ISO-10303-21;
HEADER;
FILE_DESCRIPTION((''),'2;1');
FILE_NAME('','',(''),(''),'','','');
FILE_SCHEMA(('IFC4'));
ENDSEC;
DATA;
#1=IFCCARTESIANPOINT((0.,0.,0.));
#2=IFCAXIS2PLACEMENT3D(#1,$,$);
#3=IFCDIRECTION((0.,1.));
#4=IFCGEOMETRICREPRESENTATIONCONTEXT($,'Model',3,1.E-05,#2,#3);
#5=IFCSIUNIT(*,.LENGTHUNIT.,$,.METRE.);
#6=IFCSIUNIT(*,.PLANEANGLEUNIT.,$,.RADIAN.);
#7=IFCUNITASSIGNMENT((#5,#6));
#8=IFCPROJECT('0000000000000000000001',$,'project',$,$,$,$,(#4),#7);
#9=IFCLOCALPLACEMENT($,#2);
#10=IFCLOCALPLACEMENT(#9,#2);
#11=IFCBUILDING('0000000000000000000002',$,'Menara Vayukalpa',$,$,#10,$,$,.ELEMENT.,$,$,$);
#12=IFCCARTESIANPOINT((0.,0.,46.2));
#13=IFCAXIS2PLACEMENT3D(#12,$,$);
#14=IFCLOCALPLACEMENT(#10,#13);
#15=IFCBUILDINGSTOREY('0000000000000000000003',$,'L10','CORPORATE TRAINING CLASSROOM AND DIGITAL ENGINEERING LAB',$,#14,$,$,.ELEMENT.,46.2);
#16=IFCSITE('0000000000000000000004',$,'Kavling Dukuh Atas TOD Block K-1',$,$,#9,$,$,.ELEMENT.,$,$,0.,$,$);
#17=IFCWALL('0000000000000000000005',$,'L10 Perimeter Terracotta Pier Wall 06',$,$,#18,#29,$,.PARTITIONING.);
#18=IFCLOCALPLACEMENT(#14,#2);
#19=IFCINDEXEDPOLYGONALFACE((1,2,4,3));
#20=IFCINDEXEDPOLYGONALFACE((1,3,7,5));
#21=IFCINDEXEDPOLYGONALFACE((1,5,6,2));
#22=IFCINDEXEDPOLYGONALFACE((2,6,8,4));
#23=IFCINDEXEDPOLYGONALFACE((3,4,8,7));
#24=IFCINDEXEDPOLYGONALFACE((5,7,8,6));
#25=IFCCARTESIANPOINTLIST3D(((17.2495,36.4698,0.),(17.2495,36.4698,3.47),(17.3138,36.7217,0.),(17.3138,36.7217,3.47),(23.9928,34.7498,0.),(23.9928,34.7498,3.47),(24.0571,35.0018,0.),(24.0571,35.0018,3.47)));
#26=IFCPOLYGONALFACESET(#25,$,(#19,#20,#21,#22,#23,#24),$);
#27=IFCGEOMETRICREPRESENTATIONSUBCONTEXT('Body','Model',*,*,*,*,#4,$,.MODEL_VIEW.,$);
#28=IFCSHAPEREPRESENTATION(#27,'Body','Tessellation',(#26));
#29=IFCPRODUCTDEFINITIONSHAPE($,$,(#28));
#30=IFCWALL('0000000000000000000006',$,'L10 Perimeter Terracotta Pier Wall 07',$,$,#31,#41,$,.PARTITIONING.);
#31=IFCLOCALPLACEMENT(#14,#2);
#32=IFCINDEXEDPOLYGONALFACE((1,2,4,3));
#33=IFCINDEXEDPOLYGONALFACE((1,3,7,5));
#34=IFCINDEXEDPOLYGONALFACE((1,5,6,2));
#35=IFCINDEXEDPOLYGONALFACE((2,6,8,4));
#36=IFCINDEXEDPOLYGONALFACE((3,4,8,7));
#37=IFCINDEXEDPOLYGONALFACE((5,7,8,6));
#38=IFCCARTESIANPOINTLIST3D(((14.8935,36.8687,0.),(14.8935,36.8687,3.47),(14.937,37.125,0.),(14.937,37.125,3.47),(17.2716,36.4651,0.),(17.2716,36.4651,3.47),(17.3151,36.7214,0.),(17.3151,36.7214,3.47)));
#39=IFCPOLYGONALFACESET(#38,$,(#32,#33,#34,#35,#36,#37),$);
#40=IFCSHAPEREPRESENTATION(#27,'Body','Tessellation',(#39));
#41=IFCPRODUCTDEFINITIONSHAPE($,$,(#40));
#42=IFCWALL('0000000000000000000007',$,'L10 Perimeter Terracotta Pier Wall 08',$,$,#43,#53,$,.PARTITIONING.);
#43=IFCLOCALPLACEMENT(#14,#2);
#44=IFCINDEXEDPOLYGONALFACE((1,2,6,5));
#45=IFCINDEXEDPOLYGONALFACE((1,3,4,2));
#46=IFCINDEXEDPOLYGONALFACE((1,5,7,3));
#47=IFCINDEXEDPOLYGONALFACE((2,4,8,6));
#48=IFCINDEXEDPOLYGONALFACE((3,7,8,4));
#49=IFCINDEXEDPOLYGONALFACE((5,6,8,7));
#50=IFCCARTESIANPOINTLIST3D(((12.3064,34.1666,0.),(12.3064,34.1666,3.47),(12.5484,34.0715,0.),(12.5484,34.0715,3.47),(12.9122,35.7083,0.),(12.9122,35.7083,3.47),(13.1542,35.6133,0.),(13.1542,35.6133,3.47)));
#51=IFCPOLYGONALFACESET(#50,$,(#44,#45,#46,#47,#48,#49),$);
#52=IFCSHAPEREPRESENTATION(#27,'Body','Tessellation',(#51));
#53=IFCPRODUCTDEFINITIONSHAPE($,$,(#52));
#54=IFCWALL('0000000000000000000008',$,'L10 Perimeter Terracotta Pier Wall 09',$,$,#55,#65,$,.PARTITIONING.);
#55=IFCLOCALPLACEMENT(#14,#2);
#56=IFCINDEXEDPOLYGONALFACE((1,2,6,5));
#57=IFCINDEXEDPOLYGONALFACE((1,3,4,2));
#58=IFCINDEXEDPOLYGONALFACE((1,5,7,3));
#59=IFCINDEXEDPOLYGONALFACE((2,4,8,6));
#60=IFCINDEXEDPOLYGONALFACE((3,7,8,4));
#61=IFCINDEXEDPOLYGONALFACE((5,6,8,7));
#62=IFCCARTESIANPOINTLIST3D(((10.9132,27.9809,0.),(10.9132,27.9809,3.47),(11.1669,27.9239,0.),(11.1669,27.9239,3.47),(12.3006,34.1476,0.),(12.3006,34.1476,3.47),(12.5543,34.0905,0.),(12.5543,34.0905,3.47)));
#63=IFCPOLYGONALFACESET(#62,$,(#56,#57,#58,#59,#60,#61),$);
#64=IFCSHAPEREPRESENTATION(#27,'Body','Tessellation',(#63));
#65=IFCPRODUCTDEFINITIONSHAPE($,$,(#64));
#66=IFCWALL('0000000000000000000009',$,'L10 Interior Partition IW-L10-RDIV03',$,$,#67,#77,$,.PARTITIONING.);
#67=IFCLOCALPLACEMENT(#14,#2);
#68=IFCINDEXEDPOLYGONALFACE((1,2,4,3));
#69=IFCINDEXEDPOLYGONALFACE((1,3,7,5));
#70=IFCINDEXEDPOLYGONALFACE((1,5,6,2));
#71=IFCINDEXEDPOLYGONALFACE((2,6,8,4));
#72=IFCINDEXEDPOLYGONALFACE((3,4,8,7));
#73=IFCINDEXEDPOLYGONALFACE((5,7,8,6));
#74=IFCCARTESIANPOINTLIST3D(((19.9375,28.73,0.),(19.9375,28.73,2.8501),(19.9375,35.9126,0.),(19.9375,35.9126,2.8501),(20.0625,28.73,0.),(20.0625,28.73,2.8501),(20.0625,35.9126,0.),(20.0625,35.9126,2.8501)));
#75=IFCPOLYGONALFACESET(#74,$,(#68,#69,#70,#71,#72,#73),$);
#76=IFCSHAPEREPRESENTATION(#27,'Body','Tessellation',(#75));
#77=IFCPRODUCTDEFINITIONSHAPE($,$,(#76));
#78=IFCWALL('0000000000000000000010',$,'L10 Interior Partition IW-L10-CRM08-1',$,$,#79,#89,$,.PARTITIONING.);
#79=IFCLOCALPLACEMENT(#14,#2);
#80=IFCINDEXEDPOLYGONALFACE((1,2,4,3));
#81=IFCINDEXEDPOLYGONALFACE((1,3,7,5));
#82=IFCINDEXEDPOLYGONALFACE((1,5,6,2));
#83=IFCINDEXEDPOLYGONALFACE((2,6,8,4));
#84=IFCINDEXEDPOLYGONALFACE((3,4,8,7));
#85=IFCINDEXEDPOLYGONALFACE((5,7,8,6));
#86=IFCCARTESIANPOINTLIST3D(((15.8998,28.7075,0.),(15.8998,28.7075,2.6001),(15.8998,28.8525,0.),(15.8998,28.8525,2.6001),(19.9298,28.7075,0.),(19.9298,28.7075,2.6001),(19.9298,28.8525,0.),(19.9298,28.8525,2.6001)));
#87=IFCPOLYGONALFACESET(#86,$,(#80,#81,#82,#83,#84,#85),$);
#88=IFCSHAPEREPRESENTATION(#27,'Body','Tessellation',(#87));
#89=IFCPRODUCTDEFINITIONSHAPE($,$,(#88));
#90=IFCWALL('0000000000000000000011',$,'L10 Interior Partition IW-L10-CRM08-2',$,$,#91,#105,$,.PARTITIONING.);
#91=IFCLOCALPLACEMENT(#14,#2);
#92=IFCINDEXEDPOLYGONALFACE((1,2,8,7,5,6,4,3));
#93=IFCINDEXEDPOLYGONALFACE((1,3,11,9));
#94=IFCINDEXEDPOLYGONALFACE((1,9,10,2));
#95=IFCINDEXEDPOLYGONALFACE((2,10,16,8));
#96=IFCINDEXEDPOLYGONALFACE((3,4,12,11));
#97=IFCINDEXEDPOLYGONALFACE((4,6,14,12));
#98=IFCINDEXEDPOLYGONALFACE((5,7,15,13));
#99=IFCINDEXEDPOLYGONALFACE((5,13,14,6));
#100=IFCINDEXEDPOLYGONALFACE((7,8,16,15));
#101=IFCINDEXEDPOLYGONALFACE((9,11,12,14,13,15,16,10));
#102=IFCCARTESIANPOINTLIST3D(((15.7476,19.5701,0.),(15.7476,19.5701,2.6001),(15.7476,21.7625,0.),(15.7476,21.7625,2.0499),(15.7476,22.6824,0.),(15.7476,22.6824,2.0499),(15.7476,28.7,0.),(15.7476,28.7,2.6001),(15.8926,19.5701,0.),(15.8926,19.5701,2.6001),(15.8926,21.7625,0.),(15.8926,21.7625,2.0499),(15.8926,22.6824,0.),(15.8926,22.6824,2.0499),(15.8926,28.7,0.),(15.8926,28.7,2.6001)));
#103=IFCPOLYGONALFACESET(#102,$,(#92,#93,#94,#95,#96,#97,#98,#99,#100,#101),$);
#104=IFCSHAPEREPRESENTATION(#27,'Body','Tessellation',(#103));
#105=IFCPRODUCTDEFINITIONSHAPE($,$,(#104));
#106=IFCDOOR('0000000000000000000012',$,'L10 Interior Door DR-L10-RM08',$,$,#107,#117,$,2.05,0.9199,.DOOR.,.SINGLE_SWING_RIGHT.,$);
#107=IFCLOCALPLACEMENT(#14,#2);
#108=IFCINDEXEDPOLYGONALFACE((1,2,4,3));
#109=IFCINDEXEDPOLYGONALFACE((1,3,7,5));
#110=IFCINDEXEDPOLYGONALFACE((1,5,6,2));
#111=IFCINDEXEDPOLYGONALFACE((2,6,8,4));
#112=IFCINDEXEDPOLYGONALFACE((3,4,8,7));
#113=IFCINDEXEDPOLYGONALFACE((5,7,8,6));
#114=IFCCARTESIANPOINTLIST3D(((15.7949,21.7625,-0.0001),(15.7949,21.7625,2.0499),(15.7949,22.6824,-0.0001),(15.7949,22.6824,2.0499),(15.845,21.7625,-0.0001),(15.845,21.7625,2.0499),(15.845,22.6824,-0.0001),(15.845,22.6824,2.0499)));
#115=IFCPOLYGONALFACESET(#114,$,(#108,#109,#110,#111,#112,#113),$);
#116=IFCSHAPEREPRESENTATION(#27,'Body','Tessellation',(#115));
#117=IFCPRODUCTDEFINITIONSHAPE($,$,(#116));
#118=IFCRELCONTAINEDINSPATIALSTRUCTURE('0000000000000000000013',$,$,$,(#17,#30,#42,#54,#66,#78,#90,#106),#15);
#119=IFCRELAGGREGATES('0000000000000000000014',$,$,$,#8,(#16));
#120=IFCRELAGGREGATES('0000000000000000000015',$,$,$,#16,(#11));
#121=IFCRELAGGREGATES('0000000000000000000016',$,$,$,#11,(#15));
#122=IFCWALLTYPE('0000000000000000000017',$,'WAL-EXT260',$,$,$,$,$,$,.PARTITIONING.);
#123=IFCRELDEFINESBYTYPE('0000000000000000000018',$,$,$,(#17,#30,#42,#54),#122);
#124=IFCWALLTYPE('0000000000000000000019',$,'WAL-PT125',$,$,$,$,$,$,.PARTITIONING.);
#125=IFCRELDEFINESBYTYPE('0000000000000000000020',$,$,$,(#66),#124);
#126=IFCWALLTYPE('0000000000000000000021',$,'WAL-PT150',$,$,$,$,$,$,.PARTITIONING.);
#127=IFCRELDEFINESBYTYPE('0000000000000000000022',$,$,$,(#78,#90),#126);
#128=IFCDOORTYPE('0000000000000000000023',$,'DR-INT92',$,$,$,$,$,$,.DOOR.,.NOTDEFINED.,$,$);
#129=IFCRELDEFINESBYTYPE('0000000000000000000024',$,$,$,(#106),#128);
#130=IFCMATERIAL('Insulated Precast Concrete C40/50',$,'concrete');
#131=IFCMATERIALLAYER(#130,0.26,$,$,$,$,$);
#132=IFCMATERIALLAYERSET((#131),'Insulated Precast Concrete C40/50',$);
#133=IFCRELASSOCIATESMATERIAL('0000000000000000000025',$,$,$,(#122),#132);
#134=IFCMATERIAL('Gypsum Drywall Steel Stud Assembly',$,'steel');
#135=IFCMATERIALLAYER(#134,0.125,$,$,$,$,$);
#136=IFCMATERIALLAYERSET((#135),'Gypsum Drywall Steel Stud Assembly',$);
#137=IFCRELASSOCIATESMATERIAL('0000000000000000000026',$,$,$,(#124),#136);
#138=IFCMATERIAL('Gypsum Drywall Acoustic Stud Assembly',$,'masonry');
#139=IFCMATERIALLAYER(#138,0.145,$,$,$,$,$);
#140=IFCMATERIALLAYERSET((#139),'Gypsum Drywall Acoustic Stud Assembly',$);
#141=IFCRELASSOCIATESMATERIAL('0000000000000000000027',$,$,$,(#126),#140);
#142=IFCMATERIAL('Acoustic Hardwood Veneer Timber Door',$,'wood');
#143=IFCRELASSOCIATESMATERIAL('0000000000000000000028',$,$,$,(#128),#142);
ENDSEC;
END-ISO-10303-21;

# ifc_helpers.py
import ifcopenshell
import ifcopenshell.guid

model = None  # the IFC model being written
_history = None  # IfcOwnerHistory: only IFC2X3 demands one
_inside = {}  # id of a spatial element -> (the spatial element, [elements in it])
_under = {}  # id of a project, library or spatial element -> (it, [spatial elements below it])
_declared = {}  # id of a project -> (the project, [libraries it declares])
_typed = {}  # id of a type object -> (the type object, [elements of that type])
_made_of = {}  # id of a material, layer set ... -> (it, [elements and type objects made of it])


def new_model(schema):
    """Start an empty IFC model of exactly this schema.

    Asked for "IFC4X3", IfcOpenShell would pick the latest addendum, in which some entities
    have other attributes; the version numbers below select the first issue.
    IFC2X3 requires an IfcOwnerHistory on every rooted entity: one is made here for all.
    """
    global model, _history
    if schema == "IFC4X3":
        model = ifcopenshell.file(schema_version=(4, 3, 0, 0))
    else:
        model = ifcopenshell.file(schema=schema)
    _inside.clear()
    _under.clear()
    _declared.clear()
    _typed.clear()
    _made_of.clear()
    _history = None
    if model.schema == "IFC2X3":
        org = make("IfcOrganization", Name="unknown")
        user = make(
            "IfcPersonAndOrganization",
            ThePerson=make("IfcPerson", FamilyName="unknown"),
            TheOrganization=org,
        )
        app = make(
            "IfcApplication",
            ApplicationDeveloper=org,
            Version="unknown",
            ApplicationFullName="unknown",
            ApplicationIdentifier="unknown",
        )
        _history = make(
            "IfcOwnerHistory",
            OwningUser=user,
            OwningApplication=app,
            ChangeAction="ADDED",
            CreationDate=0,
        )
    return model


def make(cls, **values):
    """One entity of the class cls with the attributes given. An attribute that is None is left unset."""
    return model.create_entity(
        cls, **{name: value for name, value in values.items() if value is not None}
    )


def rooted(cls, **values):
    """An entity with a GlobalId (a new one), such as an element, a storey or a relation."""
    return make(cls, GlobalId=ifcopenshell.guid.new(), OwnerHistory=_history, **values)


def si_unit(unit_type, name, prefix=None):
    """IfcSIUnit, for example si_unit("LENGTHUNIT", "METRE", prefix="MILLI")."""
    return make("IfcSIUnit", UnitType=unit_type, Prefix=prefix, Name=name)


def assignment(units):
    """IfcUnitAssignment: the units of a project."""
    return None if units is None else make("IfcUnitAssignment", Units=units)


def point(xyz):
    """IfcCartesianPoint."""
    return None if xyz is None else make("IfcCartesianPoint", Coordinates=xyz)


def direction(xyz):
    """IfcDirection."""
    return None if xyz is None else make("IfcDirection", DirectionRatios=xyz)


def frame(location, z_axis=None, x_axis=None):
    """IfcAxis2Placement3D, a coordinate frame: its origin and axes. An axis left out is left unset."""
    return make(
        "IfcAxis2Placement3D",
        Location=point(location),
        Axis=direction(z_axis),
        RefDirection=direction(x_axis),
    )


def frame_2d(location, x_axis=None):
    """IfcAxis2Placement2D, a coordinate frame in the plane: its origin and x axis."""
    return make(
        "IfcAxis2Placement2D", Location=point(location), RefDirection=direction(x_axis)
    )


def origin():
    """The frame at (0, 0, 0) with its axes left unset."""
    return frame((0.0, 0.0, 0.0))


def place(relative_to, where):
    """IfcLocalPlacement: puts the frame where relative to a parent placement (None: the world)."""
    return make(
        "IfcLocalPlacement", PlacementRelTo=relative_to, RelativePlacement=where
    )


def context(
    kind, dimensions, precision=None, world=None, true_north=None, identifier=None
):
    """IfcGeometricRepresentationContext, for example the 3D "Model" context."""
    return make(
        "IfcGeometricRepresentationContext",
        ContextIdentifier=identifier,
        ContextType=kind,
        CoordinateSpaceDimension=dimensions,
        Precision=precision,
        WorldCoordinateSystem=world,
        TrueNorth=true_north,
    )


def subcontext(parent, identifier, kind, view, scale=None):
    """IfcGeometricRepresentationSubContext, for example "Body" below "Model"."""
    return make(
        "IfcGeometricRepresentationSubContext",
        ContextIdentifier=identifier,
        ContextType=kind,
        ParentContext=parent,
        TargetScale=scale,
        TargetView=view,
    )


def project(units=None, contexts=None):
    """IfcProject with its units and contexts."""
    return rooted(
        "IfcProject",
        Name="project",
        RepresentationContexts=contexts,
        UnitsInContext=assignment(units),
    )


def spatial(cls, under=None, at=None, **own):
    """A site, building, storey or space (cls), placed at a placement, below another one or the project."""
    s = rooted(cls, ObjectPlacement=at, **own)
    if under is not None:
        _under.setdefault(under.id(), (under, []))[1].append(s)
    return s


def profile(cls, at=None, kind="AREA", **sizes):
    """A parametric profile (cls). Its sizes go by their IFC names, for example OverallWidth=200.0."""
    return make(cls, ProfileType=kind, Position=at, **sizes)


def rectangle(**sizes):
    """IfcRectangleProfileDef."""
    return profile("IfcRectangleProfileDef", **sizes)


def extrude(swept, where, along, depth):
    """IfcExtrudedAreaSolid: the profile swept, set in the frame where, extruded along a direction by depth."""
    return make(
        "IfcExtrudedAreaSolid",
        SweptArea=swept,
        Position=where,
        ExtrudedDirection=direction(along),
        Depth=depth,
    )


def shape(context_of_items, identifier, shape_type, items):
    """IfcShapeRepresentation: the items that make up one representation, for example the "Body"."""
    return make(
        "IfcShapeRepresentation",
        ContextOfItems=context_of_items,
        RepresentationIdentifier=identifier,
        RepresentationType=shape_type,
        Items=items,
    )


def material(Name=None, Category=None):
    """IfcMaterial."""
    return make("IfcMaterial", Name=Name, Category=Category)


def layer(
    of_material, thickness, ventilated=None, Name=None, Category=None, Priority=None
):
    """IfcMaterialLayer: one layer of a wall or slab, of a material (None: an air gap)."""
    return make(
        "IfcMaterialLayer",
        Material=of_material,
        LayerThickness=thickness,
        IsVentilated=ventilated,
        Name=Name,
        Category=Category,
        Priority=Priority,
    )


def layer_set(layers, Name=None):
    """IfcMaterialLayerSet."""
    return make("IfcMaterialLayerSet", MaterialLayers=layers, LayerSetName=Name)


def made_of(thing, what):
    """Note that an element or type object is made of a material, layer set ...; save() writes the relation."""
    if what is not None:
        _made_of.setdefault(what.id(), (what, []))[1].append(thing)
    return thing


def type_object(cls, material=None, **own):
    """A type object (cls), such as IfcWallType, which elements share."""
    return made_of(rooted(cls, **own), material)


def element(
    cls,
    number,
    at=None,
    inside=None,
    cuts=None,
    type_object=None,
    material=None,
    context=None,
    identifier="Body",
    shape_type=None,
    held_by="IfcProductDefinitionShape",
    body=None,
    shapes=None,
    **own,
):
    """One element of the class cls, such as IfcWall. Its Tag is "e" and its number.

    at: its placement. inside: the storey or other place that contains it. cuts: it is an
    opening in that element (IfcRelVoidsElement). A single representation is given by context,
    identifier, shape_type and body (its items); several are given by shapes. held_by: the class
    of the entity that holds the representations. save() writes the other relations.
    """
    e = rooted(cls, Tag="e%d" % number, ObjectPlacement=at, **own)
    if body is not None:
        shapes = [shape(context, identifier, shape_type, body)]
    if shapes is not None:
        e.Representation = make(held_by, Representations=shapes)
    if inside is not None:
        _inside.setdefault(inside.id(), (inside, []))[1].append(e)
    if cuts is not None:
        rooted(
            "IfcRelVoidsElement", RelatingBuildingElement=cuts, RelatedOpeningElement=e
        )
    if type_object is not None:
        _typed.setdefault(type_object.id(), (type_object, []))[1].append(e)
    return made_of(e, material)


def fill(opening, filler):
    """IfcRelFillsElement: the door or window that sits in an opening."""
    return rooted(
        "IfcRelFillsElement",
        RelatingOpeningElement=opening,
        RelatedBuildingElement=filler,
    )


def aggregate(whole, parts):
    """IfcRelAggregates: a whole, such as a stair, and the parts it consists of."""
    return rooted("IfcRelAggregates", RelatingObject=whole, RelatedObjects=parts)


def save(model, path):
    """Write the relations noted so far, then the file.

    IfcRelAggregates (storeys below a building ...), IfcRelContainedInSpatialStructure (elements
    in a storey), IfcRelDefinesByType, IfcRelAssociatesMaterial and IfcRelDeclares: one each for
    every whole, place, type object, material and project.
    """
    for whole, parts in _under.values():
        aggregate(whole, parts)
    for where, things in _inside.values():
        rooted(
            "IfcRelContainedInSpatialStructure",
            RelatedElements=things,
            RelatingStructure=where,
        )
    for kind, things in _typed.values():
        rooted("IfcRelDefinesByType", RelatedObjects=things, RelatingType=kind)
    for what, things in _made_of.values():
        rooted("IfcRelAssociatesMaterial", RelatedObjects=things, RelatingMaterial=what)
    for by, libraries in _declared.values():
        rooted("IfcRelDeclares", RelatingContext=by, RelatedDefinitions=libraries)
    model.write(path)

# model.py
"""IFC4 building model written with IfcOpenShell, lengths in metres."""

from ifc_helpers import new_model, si_unit, direction, frame, frame_2d, origin, place, context, subcontext, project, spatial, rectangle, extrude, material, layer, layer_set, type_object, element, fill, save


model = new_model("IFC4")

# Units and contexts
model_context = context("Model", 3, precision=1e-05, world=origin(), true_north=direction((0.0, 1.0)))
body_context = subcontext(model_context, "Body", "Model", "MODEL_VIEW")
ifc_project = project(units=[si_unit("LENGTHUNIT", "METRE"), si_unit("PLANEANGLEUNIT", "RADIAN")], contexts=[model_context])

# Site, building, storey
site_placement = place(None, origin())
site = spatial("IfcSite", under=ifc_project, at=site_placement, Name="Kavling Dukuh Atas TOD Block K-1", CompositionType="ELEMENT", RefElevation=0.0)
building_placement = place(site_placement, origin())
building = spatial("IfcBuilding", under=site, at=building_placement, Name="Menara Vayukalpa", CompositionType="ELEMENT")
storey_placement = place(building_placement, frame((0.0, 0.0, 46.2)))
storey = spatial("IfcBuildingStorey", under=building, at=storey_placement, Name="L10", Description="CORPORATE TRAINING CLASSROOM AND DIGITAL ENGINEERING LAB", CompositionType="ELEMENT", Elevation=46.2)

# Walls
ifc_material_1 = material(Name="Insulated Precast Concrete C40/50", Category="concrete")
ifc_layer_1 = layer(ifc_material_1, 0.26)
ifc_layer_set_1 = layer_set([ifc_layer_1], Name="Insulated Precast Concrete C40/50")
wall_type_1 = type_object("IfcWallType", Name="WAL-EXT260", PredefinedType="PARTITIONING", material=ifc_layer_set_1)
wall_1_placement = place(storey_placement, frame((17.2817, 36.5957, 0.0), z_axis=(0.0, 0.0, 1.0), x_axis=(0.968978, -0.247147, 0.0)))
element("IfcWall", 1, at=wall_1_placement, inside=storey, type_object=wall_type_1, Name="L10 Perimeter Terracotta Pier Wall 06", PredefinedType="PARTITIONING", context=body_context, shape_type="SweptSolid", body=[
    extrude(rectangle(XDim=6.9592, YDim=0.26, at=frame_2d((3.4795, 0.0))), origin(), (0.0, 0.0, 1.0), 3.47),
])
wall_2_placement = place(storey_placement, frame((14.9153, 36.9968, 0.0), z_axis=(0.0, 0.0, 1.0), x_axis=(0.985905, -0.167303, 0.0)))
element("IfcWall", 2, at=wall_2_placement, inside=storey, type_object=wall_type_1, Name="L10 Perimeter Terracotta Pier Wall 07", PredefinedType="PARTITIONING", context=body_context, shape_type="SweptSolid", body=[
    extrude(rectangle(XDim=2.4121, YDim=0.26, at=frame_2d((1.2061, 0.0))), origin(), (0.0, 0.0, 1.0), 3.47),
])
wall_3_placement = place(storey_placement, frame((12.4275, 34.1191, 0.0), z_axis=(0.0, 0.0, 1.0), x_axis=(0.365666, 0.930746, 0.0)))
element("IfcWall", 3, at=wall_3_placement, inside=storey, type_object=wall_type_1, Name="L10 Perimeter Terracotta Pier Wall 08", PredefinedType="PARTITIONING", context=body_context, shape_type="SweptSolid", body=[
    extrude(rectangle(XDim=1.6565, YDim=0.26, at=frame_2d((0.8281, 0.0))), origin(), (0.0, 0.0, 1.0), 3.47),
])
wall_4_placement = place(storey_placement, frame((11.04, 27.9524, 0.0), z_axis=(0.0, 0.0, 1.0), x_axis=(0.219502, 0.975612, 0.0)))
element("IfcWall", 4, at=wall_4_placement, inside=storey, type_object=wall_type_1, Name="L10 Perimeter Terracotta Pier Wall 09", PredefinedType="PARTITIONING", context=body_context, shape_type="SweptSolid", body=[
    extrude(rectangle(XDim=6.3208, YDim=0.26, at=frame_2d((3.1604, 0.0))), origin(), (0.0, 0.0, 1.0), 3.47),
])
ifc_material_2 = material(Name="Gypsum Drywall Steel Stud Assembly", Category="steel")
ifc_layer_2 = layer(ifc_material_2, 0.125)
ifc_layer_set_2 = layer_set([ifc_layer_2], Name="Gypsum Drywall Steel Stud Assembly")
wall_type_2 = type_object("IfcWallType", Name="WAL-PT125", PredefinedType="PARTITIONING", material=ifc_layer_set_2)
wall_5_placement = place(storey_placement, frame((20.0, 28.73, 0.0), z_axis=(0.0, 0.0, 1.0), x_axis=(0.0, 1.0, 0.0)))
element("IfcWall", 5, at=wall_5_placement, inside=storey, type_object=wall_type_2, Name="L10 Interior Partition IW-L10-RDIV03", PredefinedType="PARTITIONING", context=body_context, shape_type="SweptSolid", body=[
    extrude(rectangle(XDim=7.1826, YDim=0.125, at=frame_2d((3.5913, 0.0))), origin(), (0.0, 0.0, 1.0), 2.8501),
])
ifc_material_3 = material(Name="Gypsum Drywall Acoustic Stud Assembly", Category="masonry")
ifc_layer_3 = layer(ifc_material_3, 0.145)
ifc_layer_set_3 = layer_set([ifc_layer_3], Name="Gypsum Drywall Acoustic Stud Assembly")
wall_type_3 = type_object("IfcWallType", Name="WAL-PT150", PredefinedType="PARTITIONING", material=ifc_layer_set_3)
wall_6_placement = place(storey_placement, frame((19.9299, 28.78, 0.0), z_axis=(0.0, 0.0, 1.0), x_axis=(-1.0, 0.0, 0.0)))
element("IfcWall", 6, at=wall_6_placement, inside=storey, type_object=wall_type_3, Name="L10 Interior Partition IW-L10-CRM08-1", PredefinedType="PARTITIONING", context=body_context, shape_type="SweptSolid", body=[
    extrude(rectangle(XDim=4.03, YDim=0.145, at=frame_2d((2.0151, 0.0))), origin(), (0.0, 0.0, 1.0), 2.6001),
])

# Wall, opening, door
wall_7_placement = place(storey_placement, frame((15.8201, 28.7, 0.0), z_axis=(0.0, 0.0, 1.0), x_axis=(0.0, -1.0, 0.0)))
wall_7 = element("IfcWall", 7, at=wall_7_placement, inside=storey, type_object=wall_type_3, Name="L10 Interior Partition IW-L10-CRM08-2", PredefinedType="PARTITIONING", context=body_context, shape_type="SweptSolid", body=[
    extrude(rectangle(XDim=9.1299, YDim=0.145, at=frame_2d((4.5649, 0.0))), origin(), (0.0, 0.0, 1.0), 2.6001),
])
opening_placement = place(wall_7_placement, frame((6.0176, 0.0, 0.0)))
opening = element("IfcOpeningElement", 8, at=opening_placement, cuts=wall_7, PredefinedType="OPENING", context=body_context, shape_type="SweptSolid", body=[
    extrude(rectangle(XDim=0.9199, YDim=2.05, at=frame_2d((0.46, 1.0249))), frame((0.0, 0.0825, 0.0), z_axis=(0.0, -1.0, 0.0), x_axis=(1.0, 0.0, 0.0)), (0.0, 0.0, 1.0), 0.165),
])
ifc_material_4 = material(Name="Acoustic Hardwood Veneer Timber Door", Category="wood")
door_type = type_object("IfcDoorType", Name="DR-INT92", OperationType="NOTDEFINED", PredefinedType="DOOR", material=ifc_material_4)
door_placement = place(opening_placement, origin())
door = element("IfcDoor", 9, at=door_placement, inside=storey, type_object=door_type, Name="L10 Interior Door DR-L10-RM08", OperationType="SINGLE_SWING_RIGHT", OverallHeight=2.05, OverallWidth=0.9199, PredefinedType="DOOR", context=body_context, shape_type="SweptSolid", body=[
    extrude(rectangle(XDim=0.9199, YDim=2.05, at=frame_2d((0.46, 1.0249))), frame((0.0, 0.0249, 0.0), z_axis=(0.0, -1.0, 0.0), x_axis=(1.0, 0.0, 0.0)), (0.0, 0.0, 1.0), 0.05),
])
fill(opening, door)

save(model, "model.ifc")
